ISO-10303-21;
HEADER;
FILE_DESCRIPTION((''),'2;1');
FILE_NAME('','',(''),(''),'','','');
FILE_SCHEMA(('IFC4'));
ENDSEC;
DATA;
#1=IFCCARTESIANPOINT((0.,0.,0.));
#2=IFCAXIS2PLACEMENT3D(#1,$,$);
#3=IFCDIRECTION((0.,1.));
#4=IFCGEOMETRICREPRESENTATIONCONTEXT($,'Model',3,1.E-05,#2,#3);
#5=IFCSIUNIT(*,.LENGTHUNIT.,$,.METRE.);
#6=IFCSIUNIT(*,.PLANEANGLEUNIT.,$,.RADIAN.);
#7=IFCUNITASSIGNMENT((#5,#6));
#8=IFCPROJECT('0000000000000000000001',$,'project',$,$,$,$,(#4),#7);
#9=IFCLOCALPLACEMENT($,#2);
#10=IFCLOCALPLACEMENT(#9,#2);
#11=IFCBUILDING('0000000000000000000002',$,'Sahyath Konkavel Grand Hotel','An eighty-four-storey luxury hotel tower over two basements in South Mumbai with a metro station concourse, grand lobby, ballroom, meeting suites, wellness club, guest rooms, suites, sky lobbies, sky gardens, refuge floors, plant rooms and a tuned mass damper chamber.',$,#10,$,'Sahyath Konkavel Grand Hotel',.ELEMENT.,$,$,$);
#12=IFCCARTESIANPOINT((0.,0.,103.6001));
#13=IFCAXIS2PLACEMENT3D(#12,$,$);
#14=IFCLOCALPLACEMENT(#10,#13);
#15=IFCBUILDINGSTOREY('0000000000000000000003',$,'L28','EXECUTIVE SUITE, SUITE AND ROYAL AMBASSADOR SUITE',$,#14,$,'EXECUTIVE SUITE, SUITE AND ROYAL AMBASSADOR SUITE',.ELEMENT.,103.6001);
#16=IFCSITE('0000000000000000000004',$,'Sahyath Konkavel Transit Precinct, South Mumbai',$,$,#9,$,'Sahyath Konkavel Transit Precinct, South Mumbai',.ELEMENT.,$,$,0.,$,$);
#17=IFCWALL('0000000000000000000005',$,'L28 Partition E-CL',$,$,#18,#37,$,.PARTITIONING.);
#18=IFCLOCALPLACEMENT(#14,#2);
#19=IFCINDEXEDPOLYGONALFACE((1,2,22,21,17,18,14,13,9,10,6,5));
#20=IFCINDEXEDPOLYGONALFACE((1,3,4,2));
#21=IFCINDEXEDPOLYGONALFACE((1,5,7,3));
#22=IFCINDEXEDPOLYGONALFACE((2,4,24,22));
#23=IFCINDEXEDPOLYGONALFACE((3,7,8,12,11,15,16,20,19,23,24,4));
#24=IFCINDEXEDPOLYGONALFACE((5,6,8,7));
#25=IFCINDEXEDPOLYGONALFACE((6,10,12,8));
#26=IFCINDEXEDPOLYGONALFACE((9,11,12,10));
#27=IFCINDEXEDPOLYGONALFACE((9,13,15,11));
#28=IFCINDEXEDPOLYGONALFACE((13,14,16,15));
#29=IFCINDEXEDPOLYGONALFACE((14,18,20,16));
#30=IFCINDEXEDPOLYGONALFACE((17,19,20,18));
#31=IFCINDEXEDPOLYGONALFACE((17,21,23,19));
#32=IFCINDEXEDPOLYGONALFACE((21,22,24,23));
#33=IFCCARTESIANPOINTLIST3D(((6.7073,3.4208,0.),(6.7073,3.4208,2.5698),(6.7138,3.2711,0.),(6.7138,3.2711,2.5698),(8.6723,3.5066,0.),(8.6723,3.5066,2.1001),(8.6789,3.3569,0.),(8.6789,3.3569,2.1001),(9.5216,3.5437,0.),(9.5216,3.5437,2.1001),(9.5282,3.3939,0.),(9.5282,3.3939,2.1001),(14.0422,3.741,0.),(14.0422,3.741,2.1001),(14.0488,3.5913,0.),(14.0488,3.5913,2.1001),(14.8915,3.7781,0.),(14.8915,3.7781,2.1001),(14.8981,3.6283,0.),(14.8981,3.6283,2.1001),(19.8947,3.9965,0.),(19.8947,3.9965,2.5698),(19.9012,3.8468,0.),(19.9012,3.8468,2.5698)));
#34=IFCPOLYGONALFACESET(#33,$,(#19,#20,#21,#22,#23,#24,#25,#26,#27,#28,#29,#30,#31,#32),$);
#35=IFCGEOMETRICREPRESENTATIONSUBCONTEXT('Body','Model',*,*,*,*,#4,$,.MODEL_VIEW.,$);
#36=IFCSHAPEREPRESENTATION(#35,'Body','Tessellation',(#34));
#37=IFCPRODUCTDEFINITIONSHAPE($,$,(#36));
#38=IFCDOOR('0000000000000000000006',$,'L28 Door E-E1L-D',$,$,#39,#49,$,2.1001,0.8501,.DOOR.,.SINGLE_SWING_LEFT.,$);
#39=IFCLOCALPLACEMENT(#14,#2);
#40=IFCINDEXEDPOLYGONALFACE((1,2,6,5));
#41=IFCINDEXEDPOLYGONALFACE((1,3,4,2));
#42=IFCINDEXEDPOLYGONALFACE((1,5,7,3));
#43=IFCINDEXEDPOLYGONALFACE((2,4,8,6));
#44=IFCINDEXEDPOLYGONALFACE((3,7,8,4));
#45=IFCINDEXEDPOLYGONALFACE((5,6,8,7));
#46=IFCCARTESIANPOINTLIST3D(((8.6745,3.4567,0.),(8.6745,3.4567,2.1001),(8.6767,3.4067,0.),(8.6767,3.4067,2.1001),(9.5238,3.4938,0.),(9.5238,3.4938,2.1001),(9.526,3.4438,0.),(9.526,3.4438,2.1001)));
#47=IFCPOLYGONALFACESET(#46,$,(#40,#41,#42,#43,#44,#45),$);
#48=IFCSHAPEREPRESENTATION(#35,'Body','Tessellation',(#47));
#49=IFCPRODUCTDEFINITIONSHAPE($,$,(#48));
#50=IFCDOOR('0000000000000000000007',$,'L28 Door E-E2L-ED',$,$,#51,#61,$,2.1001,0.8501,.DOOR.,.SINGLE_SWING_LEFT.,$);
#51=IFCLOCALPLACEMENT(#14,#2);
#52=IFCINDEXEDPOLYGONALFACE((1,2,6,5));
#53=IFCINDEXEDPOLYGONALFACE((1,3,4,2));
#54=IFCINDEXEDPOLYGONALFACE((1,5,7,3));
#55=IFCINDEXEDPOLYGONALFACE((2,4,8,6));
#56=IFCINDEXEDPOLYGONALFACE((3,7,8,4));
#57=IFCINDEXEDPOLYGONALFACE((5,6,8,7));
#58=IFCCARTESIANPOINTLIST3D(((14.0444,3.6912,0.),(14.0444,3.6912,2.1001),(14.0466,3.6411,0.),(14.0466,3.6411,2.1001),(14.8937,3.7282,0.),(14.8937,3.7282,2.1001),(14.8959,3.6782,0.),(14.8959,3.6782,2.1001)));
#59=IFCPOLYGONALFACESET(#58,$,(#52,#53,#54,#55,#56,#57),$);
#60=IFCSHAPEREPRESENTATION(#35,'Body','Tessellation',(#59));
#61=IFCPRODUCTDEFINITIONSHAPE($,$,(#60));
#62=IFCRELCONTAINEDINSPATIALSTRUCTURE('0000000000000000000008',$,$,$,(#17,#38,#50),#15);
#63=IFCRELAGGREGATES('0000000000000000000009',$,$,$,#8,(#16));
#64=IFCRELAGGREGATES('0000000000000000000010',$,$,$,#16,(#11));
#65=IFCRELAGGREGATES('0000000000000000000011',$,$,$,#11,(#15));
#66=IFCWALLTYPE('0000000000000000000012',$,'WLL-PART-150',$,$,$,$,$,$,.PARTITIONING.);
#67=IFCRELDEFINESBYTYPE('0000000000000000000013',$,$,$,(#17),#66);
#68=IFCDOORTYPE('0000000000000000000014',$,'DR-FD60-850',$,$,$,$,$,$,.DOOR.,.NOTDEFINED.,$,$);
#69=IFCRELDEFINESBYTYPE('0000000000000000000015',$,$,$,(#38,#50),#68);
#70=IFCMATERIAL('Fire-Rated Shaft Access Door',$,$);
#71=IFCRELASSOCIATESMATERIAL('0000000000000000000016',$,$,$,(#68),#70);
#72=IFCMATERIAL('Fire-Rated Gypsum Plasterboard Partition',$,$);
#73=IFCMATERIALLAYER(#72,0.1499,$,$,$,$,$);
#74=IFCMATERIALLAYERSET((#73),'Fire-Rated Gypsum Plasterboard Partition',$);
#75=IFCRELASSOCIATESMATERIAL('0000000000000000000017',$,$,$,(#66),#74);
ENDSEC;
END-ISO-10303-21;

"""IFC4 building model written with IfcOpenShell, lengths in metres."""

from ifc_helpers import new_model, si_unit, direction, frame, frame_2d, origin, origin_2d, place, context, subcontext, project, spatial, rectangle, extrude, source, transform, mapped, material, layer, layer_set, type_object, element, fill, save


model = new_model("IFC4")

# Units and contexts
model_context = context("Model", 3, precision=1e-05, world=origin(), true_north=direction((0.0, 1.0)))
body_context = subcontext(model_context, "Body", "Model", "MODEL_VIEW")
ifc_project = project(units=[si_unit("LENGTHUNIT", "METRE"), si_unit("PLANEANGLEUNIT", "RADIAN")], contexts=[model_context])

# Site, building, storey
site_placement = place(None, origin())
site = spatial("IfcSite", under=ifc_project, at=site_placement, Name="Sahyath Konkavel Transit Precinct, South Mumbai", LongName="Sahyath Konkavel Transit Precinct, South Mumbai", CompositionType="ELEMENT", RefElevation=0.0)
building_placement = place(site_placement, origin())
building = spatial("IfcBuilding", under=site, at=building_placement, Name="Sahyath Konkavel Grand Hotel", Description="An eighty-four-storey luxury hotel tower over two basements in South Mumbai with a metro station concourse, grand lobby, ballroom, meeting suites, wellness club, guest rooms, suites, sky lobbies, sky gardens, refuge floors, plant rooms and a tuned mass damper chamber.", LongName="Sahyath Konkavel Grand Hotel", CompositionType="ELEMENT")
storey_placement = place(building_placement, frame((0.0, 0.0, 103.6001)))
storey = spatial("IfcBuildingStorey", under=building, at=storey_placement, Name="L28", Description="EXECUTIVE SUITE, SUITE AND ROYAL AMBASSADOR SUITE", LongName="EXECUTIVE SUITE, SUITE AND ROYAL AMBASSADOR SUITE", CompositionType="ELEMENT", Elevation=103.6001)

# Shared definitions
shared_shape_1 = source(origin(), body_context, "Body", "SweptSolid", [
    extrude(rectangle(XDim=0.8501, YDim=0.05, at=origin_2d()), origin(), (0.0, 0.0, 1.0), 2.1001),
])

# Wall, openings, doors
ifc_material_1 = material(Name="Fire-Rated Shaft Access Door")
door_type_1 = type_object("IfcDoorType", Name="DR-FD60-850", OperationType="NOTDEFINED", PredefinedType="DOOR", material=ifc_material_1)
ifc_material_2 = material(Name="Fire-Rated Gypsum Plasterboard Partition")
ifc_layer_1 = layer(ifc_material_2, 0.1499)
ifc_layer_set_1 = layer_set([ifc_layer_1], Name="Fire-Rated Gypsum Plasterboard Partition")
wall_type_1 = type_object("IfcWallType", Name="WLL-PART-150", PredefinedType="PARTITIONING", material=ifc_layer_set_1)
wall_1_placement = place(storey_placement, frame((6.7104, 3.3459, 0.0), z_axis=(0.0, 0.0, 1.0), x_axis=(0.999049, 0.043612, 0.0)))
wall_1 = element("IfcWall", 1, at=wall_1_placement, inside=storey, type_object=wall_type_1, Name="L28 Partition E-CL", PredefinedType="PARTITIONING", context=body_context, shape_type="SweptSolid", body=[
    extrude(rectangle(XDim=13.2, YDim=0.1499, at=frame_2d((6.6001, 0.0))), origin(), (0.0, 0.0, 1.0), 2.5698),
])
opening_1_placement = place(wall_1_placement, frame((1.967, 0.0, 0.0)))
opening_1 = element("IfcOpeningElement", 2, at=opening_1_placement, cuts=wall_1, PredefinedType="OPENING", context=body_context, shape_type="SweptSolid", body=[
    extrude(rectangle(XDim=0.8501, YDim=2.1001, at=frame_2d((0.425, 1.05))), frame((0.0, 0.085, 0.0), z_axis=(0.0, -1.0, 0.0), x_axis=(1.0, 0.0, 0.0)), (0.0, 0.0, 1.0), 0.1699),
])
opening_2_placement = place(wall_1_placement, frame((7.342, 0.0, 0.0)))
opening_2 = element("IfcOpeningElement", 3, at=opening_2_placement, cuts=wall_1, PredefinedType="OPENING", context=body_context, shape_type="SweptSolid", body=[
    extrude(rectangle(XDim=0.8501, YDim=2.1001, at=frame_2d((0.425, 1.05))), frame((0.0, 0.085, 0.0), z_axis=(0.0, -1.0, 0.0), x_axis=(1.0, 0.0, 0.0)), (0.0, 0.0, 1.0), 0.1699),
])
door_1_placement = place(opening_1_placement, frame((0.425, 0.0, 0.0)))
door_1 = element("IfcDoor", 4, at=door_1_placement, inside=storey, type_object=door_type_1, Name="L28 Door E-E1L-D", OperationType="SINGLE_SWING_LEFT", OverallHeight=2.1001, OverallWidth=0.8501, PredefinedType="DOOR", context=body_context, shape_type="MappedRepresentation", body=[
    mapped(shared_shape_1, transform((0.0, 0.0, 0.0), scale=1.0)),
])
fill(opening_1, door_1)
door_2_placement = place(opening_2_placement, frame((0.425, 0.0, 0.0)))
door_2 = element("IfcDoor", 5, at=door_2_placement, inside=storey, type_object=door_type_1, Name="L28 Door E-E2L-ED", OperationType="SINGLE_SWING_LEFT", OverallHeight=2.1001, OverallWidth=0.8501, PredefinedType="DOOR", context=body_context, shape_type="MappedRepresentation", body=[
    mapped(shared_shape_1, transform((0.0, 0.0, 0.0), scale=1.0)),
])
fill(opening_2, door_2)

save(model, "model.ifc")
